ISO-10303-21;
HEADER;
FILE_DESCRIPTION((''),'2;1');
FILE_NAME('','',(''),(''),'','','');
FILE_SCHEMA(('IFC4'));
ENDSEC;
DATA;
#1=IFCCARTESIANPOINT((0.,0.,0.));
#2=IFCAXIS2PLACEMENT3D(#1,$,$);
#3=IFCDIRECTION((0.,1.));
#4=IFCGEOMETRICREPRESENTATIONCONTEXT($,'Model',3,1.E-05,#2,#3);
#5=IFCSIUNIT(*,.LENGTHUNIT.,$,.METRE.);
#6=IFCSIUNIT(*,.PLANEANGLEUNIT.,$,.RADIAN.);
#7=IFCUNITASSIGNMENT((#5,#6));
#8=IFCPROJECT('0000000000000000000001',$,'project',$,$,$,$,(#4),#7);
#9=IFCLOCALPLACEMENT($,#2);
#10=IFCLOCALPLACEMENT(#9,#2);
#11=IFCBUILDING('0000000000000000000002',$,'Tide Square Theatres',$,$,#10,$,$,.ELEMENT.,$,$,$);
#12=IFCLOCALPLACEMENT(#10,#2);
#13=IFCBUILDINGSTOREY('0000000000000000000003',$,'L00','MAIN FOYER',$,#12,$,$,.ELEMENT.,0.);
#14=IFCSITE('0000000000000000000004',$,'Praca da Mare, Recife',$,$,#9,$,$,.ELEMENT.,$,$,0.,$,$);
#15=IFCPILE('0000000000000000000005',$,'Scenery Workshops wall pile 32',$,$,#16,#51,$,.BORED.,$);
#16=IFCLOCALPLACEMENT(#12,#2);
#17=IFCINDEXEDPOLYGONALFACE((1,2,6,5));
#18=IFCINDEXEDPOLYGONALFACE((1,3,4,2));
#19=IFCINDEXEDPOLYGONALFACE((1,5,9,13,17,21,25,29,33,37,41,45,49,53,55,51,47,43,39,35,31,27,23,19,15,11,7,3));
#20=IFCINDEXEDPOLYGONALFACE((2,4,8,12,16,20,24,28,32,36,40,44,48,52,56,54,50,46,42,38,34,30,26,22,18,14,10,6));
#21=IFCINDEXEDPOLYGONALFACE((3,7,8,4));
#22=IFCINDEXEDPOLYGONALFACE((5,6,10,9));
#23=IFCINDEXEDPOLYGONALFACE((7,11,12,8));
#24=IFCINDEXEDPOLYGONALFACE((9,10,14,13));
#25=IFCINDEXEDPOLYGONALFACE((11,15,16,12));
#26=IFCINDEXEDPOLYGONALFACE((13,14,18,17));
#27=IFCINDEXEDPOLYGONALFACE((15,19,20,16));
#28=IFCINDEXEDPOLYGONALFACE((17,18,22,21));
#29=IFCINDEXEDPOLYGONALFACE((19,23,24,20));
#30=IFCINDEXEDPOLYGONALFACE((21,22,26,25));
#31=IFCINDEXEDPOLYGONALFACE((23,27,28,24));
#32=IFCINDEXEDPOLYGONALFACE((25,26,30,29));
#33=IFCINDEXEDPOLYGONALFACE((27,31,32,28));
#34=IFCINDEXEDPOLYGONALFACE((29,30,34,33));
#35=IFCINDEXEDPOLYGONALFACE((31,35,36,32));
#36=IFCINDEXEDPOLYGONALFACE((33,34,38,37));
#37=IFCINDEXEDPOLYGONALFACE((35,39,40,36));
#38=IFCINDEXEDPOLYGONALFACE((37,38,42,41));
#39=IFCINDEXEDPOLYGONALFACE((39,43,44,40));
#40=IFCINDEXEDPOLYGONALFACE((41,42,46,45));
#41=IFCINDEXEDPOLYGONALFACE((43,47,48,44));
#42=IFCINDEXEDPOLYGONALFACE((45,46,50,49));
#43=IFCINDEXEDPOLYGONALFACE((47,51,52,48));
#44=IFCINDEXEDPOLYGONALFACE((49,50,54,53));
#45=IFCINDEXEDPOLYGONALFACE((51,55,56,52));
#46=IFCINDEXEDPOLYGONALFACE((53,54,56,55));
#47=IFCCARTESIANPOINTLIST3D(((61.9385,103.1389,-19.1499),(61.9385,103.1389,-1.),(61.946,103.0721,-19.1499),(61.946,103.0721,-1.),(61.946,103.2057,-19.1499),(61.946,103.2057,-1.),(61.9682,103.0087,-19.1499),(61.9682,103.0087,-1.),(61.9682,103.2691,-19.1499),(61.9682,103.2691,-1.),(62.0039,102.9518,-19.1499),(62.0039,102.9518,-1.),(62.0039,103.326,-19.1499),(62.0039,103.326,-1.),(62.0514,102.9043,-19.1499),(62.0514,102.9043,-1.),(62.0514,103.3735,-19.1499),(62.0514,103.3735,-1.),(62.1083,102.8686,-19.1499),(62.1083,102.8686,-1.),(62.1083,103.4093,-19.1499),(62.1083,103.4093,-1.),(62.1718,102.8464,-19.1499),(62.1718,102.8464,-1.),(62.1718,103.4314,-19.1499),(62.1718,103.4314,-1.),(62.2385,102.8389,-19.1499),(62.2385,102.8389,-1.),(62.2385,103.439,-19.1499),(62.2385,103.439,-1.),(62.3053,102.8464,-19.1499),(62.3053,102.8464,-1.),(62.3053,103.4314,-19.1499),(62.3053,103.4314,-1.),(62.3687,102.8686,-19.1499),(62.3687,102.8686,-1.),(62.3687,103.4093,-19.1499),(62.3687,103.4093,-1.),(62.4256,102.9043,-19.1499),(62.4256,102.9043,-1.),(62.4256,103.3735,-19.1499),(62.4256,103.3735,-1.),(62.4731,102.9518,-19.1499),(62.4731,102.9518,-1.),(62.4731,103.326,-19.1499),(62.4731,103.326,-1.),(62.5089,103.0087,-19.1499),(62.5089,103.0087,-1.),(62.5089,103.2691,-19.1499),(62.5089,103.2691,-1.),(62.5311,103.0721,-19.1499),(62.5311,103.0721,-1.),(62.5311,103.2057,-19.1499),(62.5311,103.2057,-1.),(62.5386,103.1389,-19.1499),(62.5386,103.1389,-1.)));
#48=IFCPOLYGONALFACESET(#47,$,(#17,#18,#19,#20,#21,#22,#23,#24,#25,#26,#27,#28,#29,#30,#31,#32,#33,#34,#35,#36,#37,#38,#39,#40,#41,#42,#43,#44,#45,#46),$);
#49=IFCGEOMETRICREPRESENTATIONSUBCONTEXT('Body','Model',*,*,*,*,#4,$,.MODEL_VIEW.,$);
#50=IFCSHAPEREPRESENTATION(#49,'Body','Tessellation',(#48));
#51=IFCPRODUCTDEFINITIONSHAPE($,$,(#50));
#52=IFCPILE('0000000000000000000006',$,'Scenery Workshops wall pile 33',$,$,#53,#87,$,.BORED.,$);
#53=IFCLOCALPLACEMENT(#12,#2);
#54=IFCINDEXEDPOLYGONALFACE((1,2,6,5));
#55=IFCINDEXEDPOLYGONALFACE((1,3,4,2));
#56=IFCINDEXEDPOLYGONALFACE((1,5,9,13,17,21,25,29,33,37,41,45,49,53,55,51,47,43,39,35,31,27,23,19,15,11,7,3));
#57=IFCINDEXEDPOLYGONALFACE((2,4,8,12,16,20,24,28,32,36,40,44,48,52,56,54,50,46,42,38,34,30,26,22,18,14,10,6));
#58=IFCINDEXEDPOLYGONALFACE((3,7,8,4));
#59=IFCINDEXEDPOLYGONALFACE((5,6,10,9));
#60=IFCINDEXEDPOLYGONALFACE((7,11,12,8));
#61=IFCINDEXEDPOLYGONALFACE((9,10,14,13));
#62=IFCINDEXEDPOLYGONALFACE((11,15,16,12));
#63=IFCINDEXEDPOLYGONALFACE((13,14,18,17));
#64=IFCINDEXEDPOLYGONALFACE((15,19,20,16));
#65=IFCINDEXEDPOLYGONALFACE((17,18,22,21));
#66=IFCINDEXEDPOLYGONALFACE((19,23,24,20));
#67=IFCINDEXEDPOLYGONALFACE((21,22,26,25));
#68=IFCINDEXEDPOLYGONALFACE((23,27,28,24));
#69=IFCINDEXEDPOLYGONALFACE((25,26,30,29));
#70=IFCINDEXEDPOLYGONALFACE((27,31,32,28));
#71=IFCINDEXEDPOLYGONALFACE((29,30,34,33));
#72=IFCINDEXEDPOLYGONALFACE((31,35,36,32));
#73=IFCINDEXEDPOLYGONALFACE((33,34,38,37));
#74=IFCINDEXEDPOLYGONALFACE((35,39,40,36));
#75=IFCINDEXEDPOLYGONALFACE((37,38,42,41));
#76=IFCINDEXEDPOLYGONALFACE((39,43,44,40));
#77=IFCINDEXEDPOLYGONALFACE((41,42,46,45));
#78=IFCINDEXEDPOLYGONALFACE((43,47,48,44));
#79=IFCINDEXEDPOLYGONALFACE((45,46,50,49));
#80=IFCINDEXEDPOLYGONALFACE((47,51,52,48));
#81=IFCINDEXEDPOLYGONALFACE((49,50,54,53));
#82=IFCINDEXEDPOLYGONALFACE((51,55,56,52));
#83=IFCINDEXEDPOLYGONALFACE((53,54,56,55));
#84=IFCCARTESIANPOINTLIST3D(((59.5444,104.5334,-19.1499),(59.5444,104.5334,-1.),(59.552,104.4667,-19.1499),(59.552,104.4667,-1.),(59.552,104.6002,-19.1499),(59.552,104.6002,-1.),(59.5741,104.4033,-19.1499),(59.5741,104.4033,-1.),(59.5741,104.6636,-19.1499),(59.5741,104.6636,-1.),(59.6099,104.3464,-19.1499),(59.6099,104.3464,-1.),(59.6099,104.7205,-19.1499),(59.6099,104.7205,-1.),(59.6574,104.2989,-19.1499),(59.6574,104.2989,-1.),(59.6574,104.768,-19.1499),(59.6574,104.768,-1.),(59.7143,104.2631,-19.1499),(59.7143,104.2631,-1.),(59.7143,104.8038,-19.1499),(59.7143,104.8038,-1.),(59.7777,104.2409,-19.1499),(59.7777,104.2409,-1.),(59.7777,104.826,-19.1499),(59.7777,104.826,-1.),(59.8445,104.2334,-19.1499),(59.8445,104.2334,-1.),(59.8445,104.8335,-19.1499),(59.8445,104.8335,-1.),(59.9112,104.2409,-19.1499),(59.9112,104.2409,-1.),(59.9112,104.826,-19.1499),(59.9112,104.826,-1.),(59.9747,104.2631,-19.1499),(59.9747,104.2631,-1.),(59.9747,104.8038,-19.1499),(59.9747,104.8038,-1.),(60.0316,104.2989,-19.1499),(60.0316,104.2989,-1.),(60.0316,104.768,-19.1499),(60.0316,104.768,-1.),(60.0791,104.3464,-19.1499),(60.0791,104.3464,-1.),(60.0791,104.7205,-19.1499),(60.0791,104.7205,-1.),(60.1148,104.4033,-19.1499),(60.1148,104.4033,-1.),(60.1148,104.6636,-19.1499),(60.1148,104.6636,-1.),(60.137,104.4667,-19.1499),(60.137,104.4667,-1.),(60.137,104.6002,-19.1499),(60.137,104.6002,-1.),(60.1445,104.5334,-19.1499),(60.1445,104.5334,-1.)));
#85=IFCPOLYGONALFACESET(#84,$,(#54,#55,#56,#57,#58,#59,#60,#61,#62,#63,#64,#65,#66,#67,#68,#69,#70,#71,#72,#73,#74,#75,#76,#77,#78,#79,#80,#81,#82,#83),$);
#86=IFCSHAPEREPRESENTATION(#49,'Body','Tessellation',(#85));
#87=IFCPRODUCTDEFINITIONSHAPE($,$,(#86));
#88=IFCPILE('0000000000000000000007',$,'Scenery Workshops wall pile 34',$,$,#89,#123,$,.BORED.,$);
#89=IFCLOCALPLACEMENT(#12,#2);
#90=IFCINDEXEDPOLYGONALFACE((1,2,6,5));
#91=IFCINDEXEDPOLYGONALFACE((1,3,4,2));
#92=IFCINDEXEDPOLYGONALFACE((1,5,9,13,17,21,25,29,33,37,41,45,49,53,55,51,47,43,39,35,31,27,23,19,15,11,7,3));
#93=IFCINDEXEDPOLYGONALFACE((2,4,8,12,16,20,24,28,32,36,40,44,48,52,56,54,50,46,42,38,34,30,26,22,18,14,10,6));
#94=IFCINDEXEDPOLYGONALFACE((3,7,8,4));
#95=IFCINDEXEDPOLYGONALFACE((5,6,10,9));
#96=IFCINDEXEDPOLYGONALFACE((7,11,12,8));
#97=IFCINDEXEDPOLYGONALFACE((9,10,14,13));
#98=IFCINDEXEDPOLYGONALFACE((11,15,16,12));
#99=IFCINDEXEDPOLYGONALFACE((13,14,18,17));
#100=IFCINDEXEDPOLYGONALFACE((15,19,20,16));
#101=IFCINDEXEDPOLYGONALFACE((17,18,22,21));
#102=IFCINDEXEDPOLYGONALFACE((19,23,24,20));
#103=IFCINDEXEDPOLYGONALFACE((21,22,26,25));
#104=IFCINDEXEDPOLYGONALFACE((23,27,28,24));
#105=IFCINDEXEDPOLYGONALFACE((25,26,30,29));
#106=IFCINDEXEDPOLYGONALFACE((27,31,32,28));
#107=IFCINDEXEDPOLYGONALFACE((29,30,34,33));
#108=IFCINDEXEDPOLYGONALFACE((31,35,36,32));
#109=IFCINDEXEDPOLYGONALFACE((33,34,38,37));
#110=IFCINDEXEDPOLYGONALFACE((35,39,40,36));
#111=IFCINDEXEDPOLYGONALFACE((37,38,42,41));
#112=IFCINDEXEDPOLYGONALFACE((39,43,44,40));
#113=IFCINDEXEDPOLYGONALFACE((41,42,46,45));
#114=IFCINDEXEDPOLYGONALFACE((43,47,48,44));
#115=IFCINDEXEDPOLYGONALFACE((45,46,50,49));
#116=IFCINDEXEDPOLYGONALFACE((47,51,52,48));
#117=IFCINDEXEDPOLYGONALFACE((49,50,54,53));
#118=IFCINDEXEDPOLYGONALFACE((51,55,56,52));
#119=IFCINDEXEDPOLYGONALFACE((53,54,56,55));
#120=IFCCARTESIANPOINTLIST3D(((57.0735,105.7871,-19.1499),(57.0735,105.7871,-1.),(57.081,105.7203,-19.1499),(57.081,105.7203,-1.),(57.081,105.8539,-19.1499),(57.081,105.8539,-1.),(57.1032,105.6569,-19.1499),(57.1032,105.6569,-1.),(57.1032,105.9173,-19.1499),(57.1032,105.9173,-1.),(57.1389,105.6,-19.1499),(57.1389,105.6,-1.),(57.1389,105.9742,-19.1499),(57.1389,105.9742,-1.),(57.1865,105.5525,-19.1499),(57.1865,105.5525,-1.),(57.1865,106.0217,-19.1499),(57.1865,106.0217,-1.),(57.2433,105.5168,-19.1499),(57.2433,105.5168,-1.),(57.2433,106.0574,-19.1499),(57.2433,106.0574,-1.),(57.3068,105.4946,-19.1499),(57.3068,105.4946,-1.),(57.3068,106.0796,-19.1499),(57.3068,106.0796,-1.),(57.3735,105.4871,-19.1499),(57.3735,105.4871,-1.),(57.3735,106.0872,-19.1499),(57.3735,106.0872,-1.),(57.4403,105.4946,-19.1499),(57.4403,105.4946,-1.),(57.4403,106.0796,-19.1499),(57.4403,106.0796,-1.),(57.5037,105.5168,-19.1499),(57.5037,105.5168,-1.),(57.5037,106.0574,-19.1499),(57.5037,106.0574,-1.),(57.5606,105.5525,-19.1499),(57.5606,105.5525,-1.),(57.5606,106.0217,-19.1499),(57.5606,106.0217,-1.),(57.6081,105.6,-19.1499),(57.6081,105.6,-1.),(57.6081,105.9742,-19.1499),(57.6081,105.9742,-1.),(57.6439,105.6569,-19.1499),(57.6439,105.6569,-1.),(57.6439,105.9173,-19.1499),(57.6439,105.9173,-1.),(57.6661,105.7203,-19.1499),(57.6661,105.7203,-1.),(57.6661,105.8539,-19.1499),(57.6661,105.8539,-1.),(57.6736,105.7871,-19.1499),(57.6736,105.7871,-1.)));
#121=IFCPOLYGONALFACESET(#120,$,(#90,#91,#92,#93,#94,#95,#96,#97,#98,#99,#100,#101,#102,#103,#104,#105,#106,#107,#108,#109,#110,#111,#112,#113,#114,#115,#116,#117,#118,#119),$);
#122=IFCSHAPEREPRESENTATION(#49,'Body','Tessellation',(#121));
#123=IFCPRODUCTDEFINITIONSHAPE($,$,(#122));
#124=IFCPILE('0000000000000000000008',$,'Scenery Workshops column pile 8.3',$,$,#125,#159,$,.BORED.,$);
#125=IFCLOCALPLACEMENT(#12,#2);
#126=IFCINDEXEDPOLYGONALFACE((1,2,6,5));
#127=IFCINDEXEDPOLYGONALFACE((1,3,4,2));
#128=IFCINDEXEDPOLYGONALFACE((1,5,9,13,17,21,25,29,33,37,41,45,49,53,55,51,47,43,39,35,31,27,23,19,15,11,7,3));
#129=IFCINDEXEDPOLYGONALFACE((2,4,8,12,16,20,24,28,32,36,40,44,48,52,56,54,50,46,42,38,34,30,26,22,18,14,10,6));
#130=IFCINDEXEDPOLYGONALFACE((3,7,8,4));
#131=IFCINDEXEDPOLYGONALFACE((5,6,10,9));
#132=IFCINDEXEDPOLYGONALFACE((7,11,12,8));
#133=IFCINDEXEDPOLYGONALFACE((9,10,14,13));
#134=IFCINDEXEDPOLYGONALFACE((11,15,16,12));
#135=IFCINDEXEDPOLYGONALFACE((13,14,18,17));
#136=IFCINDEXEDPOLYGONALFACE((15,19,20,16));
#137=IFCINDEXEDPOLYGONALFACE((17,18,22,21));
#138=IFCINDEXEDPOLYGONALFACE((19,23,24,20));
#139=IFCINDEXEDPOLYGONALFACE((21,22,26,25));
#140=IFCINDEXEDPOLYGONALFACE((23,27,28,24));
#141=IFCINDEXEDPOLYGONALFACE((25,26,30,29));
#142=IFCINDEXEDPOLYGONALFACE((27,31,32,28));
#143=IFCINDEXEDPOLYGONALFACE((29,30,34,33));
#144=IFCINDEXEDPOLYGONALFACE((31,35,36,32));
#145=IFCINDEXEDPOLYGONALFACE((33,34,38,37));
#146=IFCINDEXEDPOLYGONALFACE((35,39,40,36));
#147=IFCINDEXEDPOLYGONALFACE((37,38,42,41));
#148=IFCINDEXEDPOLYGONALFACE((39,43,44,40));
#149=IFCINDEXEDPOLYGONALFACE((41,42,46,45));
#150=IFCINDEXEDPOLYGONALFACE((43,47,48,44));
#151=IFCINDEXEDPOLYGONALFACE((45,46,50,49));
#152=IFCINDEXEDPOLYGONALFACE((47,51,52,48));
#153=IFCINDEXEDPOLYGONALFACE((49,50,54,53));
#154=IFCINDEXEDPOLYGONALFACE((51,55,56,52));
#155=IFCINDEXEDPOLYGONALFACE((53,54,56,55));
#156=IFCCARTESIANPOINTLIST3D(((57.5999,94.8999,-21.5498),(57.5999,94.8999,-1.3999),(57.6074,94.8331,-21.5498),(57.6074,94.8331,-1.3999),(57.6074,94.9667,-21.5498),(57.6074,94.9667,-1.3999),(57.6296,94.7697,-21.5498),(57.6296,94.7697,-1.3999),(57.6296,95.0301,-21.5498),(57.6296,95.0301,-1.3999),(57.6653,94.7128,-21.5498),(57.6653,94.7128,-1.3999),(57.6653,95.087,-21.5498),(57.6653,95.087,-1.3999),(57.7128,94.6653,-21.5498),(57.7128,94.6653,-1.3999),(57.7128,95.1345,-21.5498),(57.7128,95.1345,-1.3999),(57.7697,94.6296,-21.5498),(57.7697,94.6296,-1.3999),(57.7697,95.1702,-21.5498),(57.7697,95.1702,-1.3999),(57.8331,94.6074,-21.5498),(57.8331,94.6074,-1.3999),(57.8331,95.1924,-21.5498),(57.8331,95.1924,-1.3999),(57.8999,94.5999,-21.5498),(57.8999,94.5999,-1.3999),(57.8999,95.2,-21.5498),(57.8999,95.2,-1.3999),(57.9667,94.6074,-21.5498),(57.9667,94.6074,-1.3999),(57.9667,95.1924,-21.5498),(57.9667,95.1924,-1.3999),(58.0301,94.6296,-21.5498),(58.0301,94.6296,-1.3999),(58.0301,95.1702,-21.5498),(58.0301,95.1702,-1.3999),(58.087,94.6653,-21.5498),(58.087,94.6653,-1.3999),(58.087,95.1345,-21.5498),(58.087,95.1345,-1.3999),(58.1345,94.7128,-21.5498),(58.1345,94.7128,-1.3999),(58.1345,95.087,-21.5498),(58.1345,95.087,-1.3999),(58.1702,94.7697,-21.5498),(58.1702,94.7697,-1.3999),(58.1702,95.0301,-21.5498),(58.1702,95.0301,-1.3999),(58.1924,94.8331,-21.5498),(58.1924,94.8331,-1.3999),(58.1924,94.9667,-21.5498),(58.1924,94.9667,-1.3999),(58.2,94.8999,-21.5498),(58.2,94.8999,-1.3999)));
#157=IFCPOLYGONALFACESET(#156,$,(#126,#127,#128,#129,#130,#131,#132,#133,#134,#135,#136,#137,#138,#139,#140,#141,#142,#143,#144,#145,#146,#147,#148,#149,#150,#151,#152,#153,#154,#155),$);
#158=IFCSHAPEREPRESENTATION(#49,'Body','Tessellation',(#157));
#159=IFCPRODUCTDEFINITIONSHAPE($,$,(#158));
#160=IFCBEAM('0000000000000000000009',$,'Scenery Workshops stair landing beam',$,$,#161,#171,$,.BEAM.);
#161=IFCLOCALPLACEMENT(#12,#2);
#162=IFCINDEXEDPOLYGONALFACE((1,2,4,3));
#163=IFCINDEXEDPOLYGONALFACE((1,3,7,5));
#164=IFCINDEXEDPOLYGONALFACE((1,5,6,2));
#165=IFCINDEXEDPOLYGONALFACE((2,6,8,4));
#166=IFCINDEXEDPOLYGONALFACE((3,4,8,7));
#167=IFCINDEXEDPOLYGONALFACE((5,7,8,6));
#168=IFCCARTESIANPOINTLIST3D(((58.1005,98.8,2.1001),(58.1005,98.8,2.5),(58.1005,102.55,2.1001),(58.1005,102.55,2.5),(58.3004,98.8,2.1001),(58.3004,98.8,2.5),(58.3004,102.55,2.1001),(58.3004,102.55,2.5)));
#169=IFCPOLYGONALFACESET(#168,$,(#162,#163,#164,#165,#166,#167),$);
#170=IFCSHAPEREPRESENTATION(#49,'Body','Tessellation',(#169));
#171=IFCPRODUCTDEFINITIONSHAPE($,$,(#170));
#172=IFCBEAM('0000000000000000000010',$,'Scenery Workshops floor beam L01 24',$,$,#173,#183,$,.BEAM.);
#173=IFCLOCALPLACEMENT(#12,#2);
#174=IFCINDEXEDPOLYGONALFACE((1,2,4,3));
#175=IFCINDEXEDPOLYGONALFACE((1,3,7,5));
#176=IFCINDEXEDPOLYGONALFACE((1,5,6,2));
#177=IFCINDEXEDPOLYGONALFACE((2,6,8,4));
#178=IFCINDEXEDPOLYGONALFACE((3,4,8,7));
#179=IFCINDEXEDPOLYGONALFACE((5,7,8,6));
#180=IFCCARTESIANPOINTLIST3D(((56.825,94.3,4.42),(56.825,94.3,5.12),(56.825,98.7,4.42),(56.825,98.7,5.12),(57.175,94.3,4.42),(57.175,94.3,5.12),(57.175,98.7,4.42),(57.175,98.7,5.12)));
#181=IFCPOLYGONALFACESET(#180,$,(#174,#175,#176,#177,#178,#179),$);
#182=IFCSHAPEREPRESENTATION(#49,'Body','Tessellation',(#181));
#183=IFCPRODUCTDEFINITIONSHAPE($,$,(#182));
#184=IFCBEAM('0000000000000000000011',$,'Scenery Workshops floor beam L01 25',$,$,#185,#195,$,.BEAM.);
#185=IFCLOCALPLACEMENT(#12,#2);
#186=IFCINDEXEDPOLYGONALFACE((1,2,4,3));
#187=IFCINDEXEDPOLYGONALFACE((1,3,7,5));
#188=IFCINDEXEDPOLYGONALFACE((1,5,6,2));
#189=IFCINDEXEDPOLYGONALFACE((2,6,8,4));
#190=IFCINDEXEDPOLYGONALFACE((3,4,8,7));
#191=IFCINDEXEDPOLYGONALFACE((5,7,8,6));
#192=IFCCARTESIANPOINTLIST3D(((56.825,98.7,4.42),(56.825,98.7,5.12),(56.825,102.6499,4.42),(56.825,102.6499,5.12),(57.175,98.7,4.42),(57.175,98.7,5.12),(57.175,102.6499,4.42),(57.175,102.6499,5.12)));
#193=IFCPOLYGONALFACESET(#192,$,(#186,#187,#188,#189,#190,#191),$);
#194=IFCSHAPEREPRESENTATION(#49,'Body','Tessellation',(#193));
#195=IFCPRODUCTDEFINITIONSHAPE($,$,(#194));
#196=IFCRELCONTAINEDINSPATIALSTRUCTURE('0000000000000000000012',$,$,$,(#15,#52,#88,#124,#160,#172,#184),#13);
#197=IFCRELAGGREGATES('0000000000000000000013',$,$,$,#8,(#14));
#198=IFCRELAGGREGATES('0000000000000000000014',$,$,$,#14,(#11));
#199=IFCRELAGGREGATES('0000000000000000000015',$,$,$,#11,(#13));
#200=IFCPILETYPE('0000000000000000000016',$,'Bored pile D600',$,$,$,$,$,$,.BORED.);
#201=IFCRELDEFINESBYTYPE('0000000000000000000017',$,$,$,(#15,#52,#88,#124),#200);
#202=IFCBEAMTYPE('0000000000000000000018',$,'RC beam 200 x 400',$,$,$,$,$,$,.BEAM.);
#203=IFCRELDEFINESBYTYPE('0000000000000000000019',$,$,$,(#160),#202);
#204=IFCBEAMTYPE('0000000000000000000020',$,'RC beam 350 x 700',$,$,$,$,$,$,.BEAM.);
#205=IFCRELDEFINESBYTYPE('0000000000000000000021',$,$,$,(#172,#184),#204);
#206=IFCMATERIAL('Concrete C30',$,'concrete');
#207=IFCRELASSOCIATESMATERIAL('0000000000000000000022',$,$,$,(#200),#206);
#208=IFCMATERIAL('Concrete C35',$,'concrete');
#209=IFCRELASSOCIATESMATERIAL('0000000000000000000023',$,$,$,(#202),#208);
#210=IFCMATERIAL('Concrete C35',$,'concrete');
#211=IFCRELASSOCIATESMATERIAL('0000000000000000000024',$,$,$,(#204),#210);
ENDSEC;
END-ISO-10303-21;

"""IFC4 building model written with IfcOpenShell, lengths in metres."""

from ifc_helpers import new_model, si_unit, direction, frame, origin, origin_2d, place, context, subcontext, project, spatial, rectangle, circle, extrude, material, material_profile, profile_set, type_object, element, save


model = new_model("IFC4")

# Units and contexts
model_context = context("Model", 3, precision=1e-05, world=origin(), true_north=direction((0.0, 1.0)))
body_context = subcontext(model_context, "Body", "Model", "MODEL_VIEW")
ifc_project = project(units=[si_unit("LENGTHUNIT", "METRE"), si_unit("PLANEANGLEUNIT", "RADIAN")], contexts=[model_context])

# Site, building, storey
site_placement = place(None, origin())
site = spatial("IfcSite", under=ifc_project, at=site_placement, Name="Praca da Mare, Recife", CompositionType="ELEMENT", RefElevation=0.0)
building_placement = place(site_placement, origin())
building = spatial("IfcBuilding", under=site, at=building_placement, Name="Tide Square Theatres", CompositionType="ELEMENT")
storey_placement = place(building_placement, origin())
storey = spatial("IfcBuildingStorey", under=building, at=storey_placement, Name="L00", Description="MAIN FOYER", CompositionType="ELEMENT", Elevation=0.0)

# Piles
ifc_material_1 = material(Name="Concrete C30", Category="concrete")
ifc_material_profile_1 = material_profile(ifc_material_1, circle(Radius=0.3, at=origin_2d()))
ifc_profile_set_1 = profile_set([ifc_material_profile_1], Name="Concrete C30")
pile_type = type_object("IfcPileType", Name="Bored pile D600", PredefinedType="BORED", material=ifc_profile_set_1)
for number, where, z_axis, x_axis, name in (
    (1, (62.2385, 103.1389, -1.0), (0.0, 0.0, -1.0), (1.0, 0.0, 0.0), "Scenery Workshops wall pile 32"),
    (2, (59.8445, 104.5334, -1.0), (0.0, 0.0, -1.0), (1.0, 0.0, 0.0), "Scenery Workshops wall pile 33"),
    (3, (57.3735, 105.7871, -1.0), (0.0, 0.0, -1.0), (1.0, 0.0, 0.0), "Scenery Workshops wall pile 34"),
):
    element("IfcPile", number, at=place(storey_placement, frame(where, z_axis=z_axis, x_axis=x_axis)), inside=storey, type_object=pile_type, Name=name, PredefinedType="BORED", context=body_context, shape_type="SweptSolid", body=[
        extrude(circle(Radius=0.3, at=origin_2d()), origin(), (0.0, 0.0, 1.0), 18.1499),
    ])
pile_placement = place(storey_placement, frame((57.8999, 94.8999, -1.3999), z_axis=(0.0, 0.0, -1.0), x_axis=(1.0, 0.0, 0.0)))
element("IfcPile", 4, at=pile_placement, inside=storey, type_object=pile_type, Name="Scenery Workshops column pile 8.3", PredefinedType="BORED", context=body_context, shape_type="SweptSolid", body=[
    extrude(circle(Radius=0.3, at=origin_2d()), origin(), (0.0, 0.0, 1.0), 20.1499),
])

# Beams
ifc_material_2 = material(Name="Concrete C35", Category="concrete")
ifc_material_profile_2 = material_profile(ifc_material_2, rectangle(XDim=0.2, YDim=0.3999, at=origin_2d()))
ifc_profile_set_2 = profile_set([ifc_material_profile_2], Name="Concrete C35")
beam_type_1 = type_object("IfcBeamType", Name="RC beam 200 x 400", PredefinedType="BEAM", material=ifc_profile_set_2)
beam_1_placement = place(storey_placement, frame((58.2004, 98.8, 2.3), z_axis=(0.0, 1.0, 0.0), x_axis=(-1.0, 0.0, 0.0)))
element("IfcBeam", 5, at=beam_1_placement, inside=storey, type_object=beam_type_1, Name="Scenery Workshops stair landing beam", PredefinedType="BEAM", context=body_context, shape_type="SweptSolid", body=[
    extrude(rectangle(XDim=0.2, YDim=0.3999, at=origin_2d()), origin(), (0.0, 0.0, 1.0), 3.75),
])
ifc_material_3 = material(Name="Concrete C35", Category="concrete")
ifc_material_profile_3 = material_profile(ifc_material_3, rectangle(XDim=0.3501, YDim=0.7, at=origin_2d()))
ifc_profile_set_3 = profile_set([ifc_material_profile_3], Name="Concrete C35")
beam_type_2 = type_object("IfcBeamType", Name="RC beam 350 x 700", PredefinedType="BEAM", material=ifc_profile_set_3)
beam_2_placement = place(storey_placement, frame((57.0, 94.3, 4.77), z_axis=(0.0, 1.0, 0.0), x_axis=(-1.0, 0.0, 0.0)))
element("IfcBeam", 6, at=beam_2_placement, inside=storey, type_object=beam_type_2, Name="Scenery Workshops floor beam L01 24", PredefinedType="BEAM", context=body_context, shape_type="SweptSolid", body=[
    extrude(rectangle(XDim=0.3501, YDim=0.7, at=origin_2d()), origin(), (0.0, 0.0, 1.0), 4.3999),
])
beam_3_placement = place(storey_placement, frame((57.0, 98.7, 4.77), z_axis=(0.0, 1.0, 0.0), x_axis=(-1.0, 0.0, 0.0)))
element("IfcBeam", 7, at=beam_3_placement, inside=storey, type_object=beam_type_2, Name="Scenery Workshops floor beam L01 25", PredefinedType="BEAM", context=body_context, shape_type="SweptSolid", body=[
    extrude(rectangle(XDim=0.3501, YDim=0.7, at=origin_2d()), origin(), (0.0, 0.0, 1.0), 3.95),
])

save(model, "model.ifc")
